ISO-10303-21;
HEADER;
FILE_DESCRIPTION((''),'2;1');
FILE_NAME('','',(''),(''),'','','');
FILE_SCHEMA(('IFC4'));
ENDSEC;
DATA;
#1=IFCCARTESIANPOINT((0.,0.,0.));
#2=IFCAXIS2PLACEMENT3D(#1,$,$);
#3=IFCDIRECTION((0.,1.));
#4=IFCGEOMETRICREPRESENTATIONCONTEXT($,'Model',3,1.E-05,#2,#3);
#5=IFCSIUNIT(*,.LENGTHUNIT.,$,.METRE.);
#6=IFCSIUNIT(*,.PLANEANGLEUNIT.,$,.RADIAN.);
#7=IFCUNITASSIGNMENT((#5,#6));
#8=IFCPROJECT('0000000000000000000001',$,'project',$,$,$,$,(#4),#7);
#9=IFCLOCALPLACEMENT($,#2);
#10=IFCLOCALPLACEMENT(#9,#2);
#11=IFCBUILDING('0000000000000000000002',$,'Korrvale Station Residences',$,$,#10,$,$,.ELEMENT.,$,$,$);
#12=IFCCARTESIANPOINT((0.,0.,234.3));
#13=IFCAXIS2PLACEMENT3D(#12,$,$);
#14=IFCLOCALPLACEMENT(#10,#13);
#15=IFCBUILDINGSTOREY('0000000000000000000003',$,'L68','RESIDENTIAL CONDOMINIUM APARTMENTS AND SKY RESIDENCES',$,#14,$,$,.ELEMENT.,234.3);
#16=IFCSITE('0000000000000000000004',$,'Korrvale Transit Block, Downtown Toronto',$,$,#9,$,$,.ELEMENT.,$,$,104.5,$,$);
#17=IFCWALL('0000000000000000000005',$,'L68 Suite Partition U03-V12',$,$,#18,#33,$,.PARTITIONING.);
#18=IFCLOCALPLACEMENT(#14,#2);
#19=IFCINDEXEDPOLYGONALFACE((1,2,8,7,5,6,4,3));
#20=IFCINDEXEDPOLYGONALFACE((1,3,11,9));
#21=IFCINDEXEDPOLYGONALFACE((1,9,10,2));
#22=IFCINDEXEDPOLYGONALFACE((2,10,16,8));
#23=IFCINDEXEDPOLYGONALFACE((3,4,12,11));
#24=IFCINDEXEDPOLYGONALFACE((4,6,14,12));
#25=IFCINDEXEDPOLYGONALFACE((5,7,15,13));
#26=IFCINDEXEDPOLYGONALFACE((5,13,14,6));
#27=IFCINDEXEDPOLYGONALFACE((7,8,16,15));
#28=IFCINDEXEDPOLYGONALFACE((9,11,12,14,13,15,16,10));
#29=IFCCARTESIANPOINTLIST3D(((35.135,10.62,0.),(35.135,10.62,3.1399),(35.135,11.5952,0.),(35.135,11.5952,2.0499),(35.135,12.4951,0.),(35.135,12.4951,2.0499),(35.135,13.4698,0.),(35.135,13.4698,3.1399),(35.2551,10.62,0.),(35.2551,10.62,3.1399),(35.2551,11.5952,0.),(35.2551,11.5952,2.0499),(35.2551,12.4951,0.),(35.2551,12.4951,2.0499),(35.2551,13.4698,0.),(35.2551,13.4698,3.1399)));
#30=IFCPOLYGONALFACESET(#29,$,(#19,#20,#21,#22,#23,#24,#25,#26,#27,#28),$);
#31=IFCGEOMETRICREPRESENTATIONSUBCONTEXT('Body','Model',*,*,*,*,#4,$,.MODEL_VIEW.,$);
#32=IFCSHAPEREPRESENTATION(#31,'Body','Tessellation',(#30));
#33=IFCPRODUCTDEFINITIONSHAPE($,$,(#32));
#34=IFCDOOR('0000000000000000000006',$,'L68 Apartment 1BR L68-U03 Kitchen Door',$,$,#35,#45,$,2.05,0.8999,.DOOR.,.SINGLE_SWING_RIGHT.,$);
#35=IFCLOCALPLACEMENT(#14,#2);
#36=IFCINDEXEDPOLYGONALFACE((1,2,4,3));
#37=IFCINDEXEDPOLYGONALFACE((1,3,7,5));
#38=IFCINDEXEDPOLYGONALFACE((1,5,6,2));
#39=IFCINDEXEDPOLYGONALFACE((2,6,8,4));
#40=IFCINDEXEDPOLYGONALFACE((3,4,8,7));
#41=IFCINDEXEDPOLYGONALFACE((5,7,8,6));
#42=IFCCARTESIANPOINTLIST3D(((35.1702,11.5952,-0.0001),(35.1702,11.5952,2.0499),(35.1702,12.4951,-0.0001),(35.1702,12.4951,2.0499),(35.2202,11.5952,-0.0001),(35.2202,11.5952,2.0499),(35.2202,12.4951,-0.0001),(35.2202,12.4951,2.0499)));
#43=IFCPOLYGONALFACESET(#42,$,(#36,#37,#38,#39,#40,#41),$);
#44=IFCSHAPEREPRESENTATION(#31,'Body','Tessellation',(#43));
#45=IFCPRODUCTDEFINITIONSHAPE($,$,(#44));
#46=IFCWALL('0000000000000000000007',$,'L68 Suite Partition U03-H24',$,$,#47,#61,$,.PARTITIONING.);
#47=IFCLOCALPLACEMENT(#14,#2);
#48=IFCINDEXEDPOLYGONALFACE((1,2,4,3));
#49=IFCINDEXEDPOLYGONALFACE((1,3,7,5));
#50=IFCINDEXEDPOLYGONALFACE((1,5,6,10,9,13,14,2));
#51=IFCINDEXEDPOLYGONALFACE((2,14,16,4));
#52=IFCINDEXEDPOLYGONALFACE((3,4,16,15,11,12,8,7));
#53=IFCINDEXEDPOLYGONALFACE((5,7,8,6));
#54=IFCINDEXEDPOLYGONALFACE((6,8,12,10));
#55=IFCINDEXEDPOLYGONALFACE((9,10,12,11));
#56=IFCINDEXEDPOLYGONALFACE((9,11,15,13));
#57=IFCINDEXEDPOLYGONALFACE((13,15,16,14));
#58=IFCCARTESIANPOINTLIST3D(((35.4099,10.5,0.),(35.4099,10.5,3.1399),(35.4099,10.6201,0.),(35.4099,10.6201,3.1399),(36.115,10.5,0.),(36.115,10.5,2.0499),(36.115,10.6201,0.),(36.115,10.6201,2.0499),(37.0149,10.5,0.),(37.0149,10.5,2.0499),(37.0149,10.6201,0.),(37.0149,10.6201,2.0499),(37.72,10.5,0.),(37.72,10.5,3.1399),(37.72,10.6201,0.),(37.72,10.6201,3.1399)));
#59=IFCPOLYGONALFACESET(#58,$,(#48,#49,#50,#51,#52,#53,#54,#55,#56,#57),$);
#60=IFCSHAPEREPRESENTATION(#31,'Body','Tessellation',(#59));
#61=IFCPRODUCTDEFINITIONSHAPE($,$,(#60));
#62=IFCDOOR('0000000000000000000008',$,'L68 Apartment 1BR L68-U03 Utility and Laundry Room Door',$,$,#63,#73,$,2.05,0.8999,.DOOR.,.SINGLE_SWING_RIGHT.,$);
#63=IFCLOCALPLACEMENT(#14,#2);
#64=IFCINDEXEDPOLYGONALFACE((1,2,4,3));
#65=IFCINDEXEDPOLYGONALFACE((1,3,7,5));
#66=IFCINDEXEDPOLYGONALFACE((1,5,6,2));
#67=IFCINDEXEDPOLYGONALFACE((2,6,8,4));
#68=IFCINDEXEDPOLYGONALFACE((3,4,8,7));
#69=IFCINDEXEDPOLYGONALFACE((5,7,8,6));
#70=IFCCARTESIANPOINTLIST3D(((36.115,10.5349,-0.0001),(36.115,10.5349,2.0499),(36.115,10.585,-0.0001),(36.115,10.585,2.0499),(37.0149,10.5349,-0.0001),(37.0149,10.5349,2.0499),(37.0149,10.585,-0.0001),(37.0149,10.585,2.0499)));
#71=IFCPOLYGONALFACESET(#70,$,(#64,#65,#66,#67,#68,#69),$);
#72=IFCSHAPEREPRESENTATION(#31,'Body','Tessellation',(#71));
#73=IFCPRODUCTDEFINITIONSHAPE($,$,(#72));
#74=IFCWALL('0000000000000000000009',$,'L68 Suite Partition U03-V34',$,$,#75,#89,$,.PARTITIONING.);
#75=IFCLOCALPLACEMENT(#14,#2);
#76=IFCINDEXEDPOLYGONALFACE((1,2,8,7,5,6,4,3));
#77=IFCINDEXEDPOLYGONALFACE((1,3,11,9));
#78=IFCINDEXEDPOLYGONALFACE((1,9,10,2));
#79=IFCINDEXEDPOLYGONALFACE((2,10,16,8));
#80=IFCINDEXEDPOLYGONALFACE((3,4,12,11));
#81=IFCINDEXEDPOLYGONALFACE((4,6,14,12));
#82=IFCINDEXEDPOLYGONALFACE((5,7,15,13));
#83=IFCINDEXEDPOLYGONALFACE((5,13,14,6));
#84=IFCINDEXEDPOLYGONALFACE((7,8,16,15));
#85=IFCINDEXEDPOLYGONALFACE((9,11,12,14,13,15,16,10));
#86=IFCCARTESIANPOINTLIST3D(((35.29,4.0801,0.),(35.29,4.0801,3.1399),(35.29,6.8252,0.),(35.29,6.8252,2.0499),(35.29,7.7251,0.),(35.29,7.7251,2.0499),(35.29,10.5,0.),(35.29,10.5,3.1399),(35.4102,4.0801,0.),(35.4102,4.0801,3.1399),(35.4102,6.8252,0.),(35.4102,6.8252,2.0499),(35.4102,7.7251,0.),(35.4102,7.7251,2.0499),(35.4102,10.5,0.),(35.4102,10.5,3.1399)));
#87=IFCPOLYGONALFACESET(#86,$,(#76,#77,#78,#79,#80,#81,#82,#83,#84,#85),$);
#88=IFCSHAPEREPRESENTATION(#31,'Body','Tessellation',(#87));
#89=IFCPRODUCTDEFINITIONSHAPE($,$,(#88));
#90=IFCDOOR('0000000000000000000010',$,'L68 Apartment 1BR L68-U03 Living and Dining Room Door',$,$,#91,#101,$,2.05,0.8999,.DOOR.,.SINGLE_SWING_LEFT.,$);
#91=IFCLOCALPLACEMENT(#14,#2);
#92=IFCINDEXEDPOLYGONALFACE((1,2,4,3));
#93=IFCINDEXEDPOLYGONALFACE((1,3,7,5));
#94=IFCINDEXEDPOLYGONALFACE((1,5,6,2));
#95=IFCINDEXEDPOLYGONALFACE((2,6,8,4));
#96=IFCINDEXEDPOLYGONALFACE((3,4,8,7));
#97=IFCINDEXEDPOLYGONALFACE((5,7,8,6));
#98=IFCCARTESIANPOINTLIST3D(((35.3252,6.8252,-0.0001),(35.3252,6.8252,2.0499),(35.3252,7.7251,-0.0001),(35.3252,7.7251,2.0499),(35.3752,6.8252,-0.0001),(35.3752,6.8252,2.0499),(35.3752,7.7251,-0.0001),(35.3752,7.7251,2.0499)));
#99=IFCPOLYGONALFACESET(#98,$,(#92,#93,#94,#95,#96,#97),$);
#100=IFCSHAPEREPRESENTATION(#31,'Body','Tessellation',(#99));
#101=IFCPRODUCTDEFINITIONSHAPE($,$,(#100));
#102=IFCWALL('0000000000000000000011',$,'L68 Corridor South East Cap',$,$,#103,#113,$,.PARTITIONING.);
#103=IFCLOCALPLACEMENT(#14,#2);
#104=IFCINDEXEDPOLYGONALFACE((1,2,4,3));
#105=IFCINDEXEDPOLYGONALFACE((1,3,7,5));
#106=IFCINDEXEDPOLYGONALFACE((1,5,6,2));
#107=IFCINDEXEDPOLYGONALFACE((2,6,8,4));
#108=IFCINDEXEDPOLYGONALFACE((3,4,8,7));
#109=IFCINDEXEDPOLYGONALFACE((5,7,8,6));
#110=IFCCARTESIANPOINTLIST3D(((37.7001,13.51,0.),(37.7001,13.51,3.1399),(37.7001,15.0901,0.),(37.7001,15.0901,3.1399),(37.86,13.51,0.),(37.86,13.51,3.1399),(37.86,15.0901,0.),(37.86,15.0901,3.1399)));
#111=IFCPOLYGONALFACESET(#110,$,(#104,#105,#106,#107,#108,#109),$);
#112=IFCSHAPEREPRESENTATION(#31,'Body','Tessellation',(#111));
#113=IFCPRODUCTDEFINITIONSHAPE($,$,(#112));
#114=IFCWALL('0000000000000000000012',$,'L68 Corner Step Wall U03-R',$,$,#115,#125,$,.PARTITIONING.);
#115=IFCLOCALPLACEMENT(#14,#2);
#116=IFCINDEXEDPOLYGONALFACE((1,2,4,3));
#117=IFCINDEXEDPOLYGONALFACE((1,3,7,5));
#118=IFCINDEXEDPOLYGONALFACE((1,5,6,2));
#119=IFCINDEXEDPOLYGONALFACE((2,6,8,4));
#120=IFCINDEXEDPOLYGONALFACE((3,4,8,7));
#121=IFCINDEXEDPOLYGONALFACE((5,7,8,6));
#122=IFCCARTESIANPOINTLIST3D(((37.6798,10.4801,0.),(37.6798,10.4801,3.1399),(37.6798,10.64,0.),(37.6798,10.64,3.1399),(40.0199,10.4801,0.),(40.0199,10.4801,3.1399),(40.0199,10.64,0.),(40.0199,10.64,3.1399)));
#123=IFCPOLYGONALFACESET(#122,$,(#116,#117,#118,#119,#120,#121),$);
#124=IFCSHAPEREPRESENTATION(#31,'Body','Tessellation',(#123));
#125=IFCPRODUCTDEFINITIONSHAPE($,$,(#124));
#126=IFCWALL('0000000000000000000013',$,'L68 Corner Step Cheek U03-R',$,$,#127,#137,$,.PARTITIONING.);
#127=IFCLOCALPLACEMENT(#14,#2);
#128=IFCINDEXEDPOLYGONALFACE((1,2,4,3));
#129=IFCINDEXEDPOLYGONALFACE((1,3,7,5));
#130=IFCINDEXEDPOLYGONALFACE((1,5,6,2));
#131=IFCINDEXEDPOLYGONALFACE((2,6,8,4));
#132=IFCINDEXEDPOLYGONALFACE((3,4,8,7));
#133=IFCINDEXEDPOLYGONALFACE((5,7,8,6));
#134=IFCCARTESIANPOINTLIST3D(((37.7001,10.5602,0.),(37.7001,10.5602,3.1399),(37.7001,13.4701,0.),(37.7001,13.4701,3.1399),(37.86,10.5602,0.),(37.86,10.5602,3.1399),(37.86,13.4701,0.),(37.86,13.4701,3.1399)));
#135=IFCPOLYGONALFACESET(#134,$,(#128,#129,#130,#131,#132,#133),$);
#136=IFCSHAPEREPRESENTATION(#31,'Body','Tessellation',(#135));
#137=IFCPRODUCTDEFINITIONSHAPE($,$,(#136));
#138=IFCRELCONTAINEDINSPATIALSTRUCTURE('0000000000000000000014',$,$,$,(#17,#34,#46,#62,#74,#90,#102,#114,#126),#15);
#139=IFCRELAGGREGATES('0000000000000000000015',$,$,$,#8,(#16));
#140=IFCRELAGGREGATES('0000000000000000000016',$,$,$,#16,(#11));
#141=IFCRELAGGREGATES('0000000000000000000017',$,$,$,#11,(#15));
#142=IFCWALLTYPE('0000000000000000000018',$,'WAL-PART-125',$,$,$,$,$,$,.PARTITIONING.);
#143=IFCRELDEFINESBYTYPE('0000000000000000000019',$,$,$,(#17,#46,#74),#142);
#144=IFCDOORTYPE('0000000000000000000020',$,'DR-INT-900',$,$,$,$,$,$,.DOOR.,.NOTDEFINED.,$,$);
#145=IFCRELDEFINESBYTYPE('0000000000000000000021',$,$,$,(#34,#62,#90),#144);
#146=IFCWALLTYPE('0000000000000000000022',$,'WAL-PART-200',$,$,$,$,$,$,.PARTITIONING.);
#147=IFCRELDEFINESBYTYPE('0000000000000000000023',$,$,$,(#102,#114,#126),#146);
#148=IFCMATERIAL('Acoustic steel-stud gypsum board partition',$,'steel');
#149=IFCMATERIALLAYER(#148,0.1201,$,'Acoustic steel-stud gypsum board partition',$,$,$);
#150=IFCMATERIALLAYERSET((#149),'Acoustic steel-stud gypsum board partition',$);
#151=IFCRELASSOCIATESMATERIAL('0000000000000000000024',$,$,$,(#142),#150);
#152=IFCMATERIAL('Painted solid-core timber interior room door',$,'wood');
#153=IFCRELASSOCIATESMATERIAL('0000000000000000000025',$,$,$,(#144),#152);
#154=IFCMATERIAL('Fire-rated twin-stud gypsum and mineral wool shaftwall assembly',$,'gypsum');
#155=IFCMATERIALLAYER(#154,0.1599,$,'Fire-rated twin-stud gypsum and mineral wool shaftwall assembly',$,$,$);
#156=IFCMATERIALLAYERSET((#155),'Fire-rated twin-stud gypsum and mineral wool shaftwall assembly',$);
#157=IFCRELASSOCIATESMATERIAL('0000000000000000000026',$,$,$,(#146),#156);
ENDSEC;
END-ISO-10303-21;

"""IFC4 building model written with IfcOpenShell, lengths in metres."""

from ifc_helpers import new_model, si_unit, direction, frame, frame_2d, origin, place, context, subcontext, project, spatial, rectangle, extrude, material, layer, layer_set, type_object, element, fill, save


model = new_model("IFC4")

# Units and contexts
model_context = context("Model", 3, precision=1e-05, world=origin(), true_north=direction((0.0, 1.0)))
body_context = subcontext(model_context, "Body", "Model", "MODEL_VIEW")
ifc_project = project(units=[si_unit("LENGTHUNIT", "METRE"), si_unit("PLANEANGLEUNIT", "RADIAN")], contexts=[model_context])

# Site, building, storey
site_placement = place(None, origin())
site = spatial("IfcSite", under=ifc_project, at=site_placement, Name="Korrvale Transit Block, Downtown Toronto", CompositionType="ELEMENT", RefElevation=104.5)
building_placement = place(site_placement, origin())
building = spatial("IfcBuilding", under=site, at=building_placement, Name="Korrvale Station Residences", CompositionType="ELEMENT")
storey_placement = place(building_placement, frame((0.0, 0.0, 234.3)))
storey = spatial("IfcBuildingStorey", under=building, at=storey_placement, Name="L68", Description="RESIDENTIAL CONDOMINIUM APARTMENTS AND SKY RESIDENCES", CompositionType="ELEMENT", Elevation=234.3)

# Walls, openings, doors
ifc_material_1 = material(Name="Acoustic steel-stud gypsum board partition", Category="steel")
ifc_layer_1 = layer(ifc_material_1, 0.1201, Name="Acoustic steel-stud gypsum board partition")
ifc_layer_set_1 = layer_set([ifc_layer_1], Name="Acoustic steel-stud gypsum board partition")
wall_type_1 = type_object("IfcWallType", Name="WAL-PART-125", PredefinedType="PARTITIONING", material=ifc_layer_set_1)
wall_1_placement = place(storey_placement, frame((35.1951, 10.6201, 0.0), z_axis=(0.0, 0.0, 1.0), x_axis=(0.0, 1.0, 0.0)))
wall_1 = element("IfcWall", 1, at=wall_1_placement, inside=storey, type_object=wall_type_1, Name="L68 Suite Partition U03-V12", PredefinedType="PARTITIONING", context=body_context, shape_type="SweptSolid", body=[
    extrude(rectangle(XDim=2.8499, YDim=0.1201, at=frame_2d((1.4248, 0.0))), origin(), (0.0, 0.0, 1.0), 3.1399),
])
opening_1_placement = place(wall_1_placement, frame((0.9751, 0.0, 0.0)))
opening_1 = element("IfcOpeningElement", 2, at=opening_1_placement, cuts=wall_1, PredefinedType="OPENING", context=body_context, shape_type="SweptSolid", body=[
    extrude(rectangle(XDim=0.8999, YDim=2.05, at=frame_2d((0.45, 1.0249))), frame((0.0, 0.0701, 0.0), z_axis=(0.0, -1.0, 0.0), x_axis=(1.0, 0.0, 0.0)), (0.0, 0.0, 1.0), 0.1401),
])
ifc_material_2 = material(Name="Painted solid-core timber interior room door", Category="wood")
door_type = type_object("IfcDoorType", Name="DR-INT-900", OperationType="NOTDEFINED", PredefinedType="DOOR", material=ifc_material_2)
door_1_placement = place(opening_1_placement, origin())
door_1 = element("IfcDoor", 3, at=door_1_placement, inside=storey, type_object=door_type, Name="L68 Apartment 1BR L68-U03 Kitchen Door", OperationType="SINGLE_SWING_RIGHT", OverallHeight=2.05, OverallWidth=0.8999, PredefinedType="DOOR", context=body_context, shape_type="SweptSolid", body=[
    extrude(rectangle(XDim=0.8999, YDim=2.05, at=frame_2d((0.45, 1.0249))), frame((0.0, 0.0249, 0.0), z_axis=(0.0, -1.0, 0.0), x_axis=(1.0, 0.0, 0.0)), (0.0, 0.0, 1.0), 0.05),
])
fill(opening_1, door_1)
wall_2_placement = place(storey_placement, frame((35.4099, 10.5601, 0.0), z_axis=(0.0, 0.0, 1.0), x_axis=(1.0, 0.0, 0.0)))
wall_2 = element("IfcWall", 4, at=wall_2_placement, inside=storey, type_object=wall_type_1, Name="L68 Suite Partition U03-H24", PredefinedType="PARTITIONING", context=body_context, shape_type="SweptSolid", body=[
    extrude(rectangle(XDim=2.3101, YDim=0.1201, at=frame_2d((1.155, 0.0))), origin(), (0.0, 0.0, 1.0), 3.1399),
])
opening_2_placement = place(wall_2_placement, frame((0.7051, 0.0, 0.0)))
opening_2 = element("IfcOpeningElement", 5, at=opening_2_placement, cuts=wall_2, PredefinedType="OPENING", context=body_context, shape_type="SweptSolid", body=[
    extrude(rectangle(XDim=0.8999, YDim=2.05, at=frame_2d((0.45, 1.0249))), frame((0.0, 0.0701, 0.0), z_axis=(0.0, -1.0, 0.0), x_axis=(1.0, 0.0, 0.0)), (0.0, 0.0, 1.0), 0.1401),
])
door_2_placement = place(opening_2_placement, origin())
door_2 = element("IfcDoor", 6, at=door_2_placement, inside=storey, type_object=door_type, Name="L68 Apartment 1BR L68-U03 Utility and Laundry Room Door", OperationType="SINGLE_SWING_RIGHT", OverallHeight=2.05, OverallWidth=0.8999, PredefinedType="DOOR", context=body_context, shape_type="SweptSolid", body=[
    extrude(rectangle(XDim=0.8999, YDim=2.05, at=frame_2d((0.45, 1.0249))), frame((0.0, 0.0249, 0.0), z_axis=(0.0, -1.0, 0.0), x_axis=(1.0, 0.0, 0.0)), (0.0, 0.0, 1.0), 0.05),
])
fill(opening_2, door_2)
wall_3_placement = place(storey_placement, frame((35.3501, 4.0801, 0.0), z_axis=(0.0, 0.0, 1.0), x_axis=(0.0, 1.0, 0.0)))
wall_3 = element("IfcWall", 7, at=wall_3_placement, inside=storey, type_object=wall_type_1, Name="L68 Suite Partition U03-V34", PredefinedType="PARTITIONING", context=body_context, shape_type="SweptSolid", body=[
    extrude(rectangle(XDim=6.4199, YDim=0.1201, at=frame_2d((3.21, 0.0))), origin(), (0.0, 0.0, 1.0), 3.1399),
])
opening_3_placement = place(wall_3_placement, frame((2.7451, 0.0, 0.0)))
opening_3 = element("IfcOpeningElement", 8, at=opening_3_placement, cuts=wall_3, PredefinedType="OPENING", context=body_context, shape_type="SweptSolid", body=[
    extrude(rectangle(XDim=0.8999, YDim=2.05, at=frame_2d((0.45, 1.0249))), frame((0.0, 0.0701, 0.0), z_axis=(0.0, -1.0, 0.0), x_axis=(1.0, 0.0, 0.0)), (0.0, 0.0, 1.0), 0.1401),
])
door_3_placement = place(opening_3_placement, origin())
door_3 = element("IfcDoor", 9, at=door_3_placement, inside=storey, type_object=door_type, Name="L68 Apartment 1BR L68-U03 Living and Dining Room Door", OperationType="SINGLE_SWING_LEFT", OverallHeight=2.05, OverallWidth=0.8999, PredefinedType="DOOR", context=body_context, shape_type="SweptSolid", body=[
    extrude(rectangle(XDim=0.8999, YDim=2.05, at=frame_2d((0.45, 1.0249))), frame((0.0, 0.0249, 0.0), z_axis=(0.0, -1.0, 0.0), x_axis=(1.0, 0.0, 0.0)), (0.0, 0.0, 1.0), 0.05),
])
fill(opening_3, door_3)

# Walls
ifc_material_3 = material(Name="Fire-rated twin-stud gypsum and mineral wool shaftwall assembly", Category="gypsum")
ifc_layer_2 = layer(ifc_material_3, 0.1599, Name="Fire-rated twin-stud gypsum and mineral wool shaftwall assembly")
ifc_layer_set_2 = layer_set([ifc_layer_2], Name="Fire-rated twin-stud gypsum and mineral wool shaftwall assembly")
wall_type_2 = type_object("IfcWallType", Name="WAL-PART-200", PredefinedType="PARTITIONING", material=ifc_layer_set_2)
wall_4_placement = place(storey_placement, frame((37.78, 13.51, 0.0), z_axis=(0.0, 0.0, 1.0), x_axis=(0.0, 1.0, 0.0)))
element("IfcWall", 10, at=wall_4_placement, inside=storey, type_object=wall_type_2, Name="L68 Corridor South East Cap", PredefinedType="PARTITIONING", context=body_context, shape_type="SweptSolid", body=[
    extrude(rectangle(XDim=1.5801, YDim=0.1599, at=frame_2d((0.79, 0.0))), origin(), (0.0, 0.0, 1.0), 3.1399),
])
wall_5_placement = place(storey_placement, frame((37.6799, 10.5601, 0.0), z_axis=(0.0, 0.0, 1.0), x_axis=(1.0, 0.0, 0.0)))
element("IfcWall", 11, at=wall_5_placement, inside=storey, type_object=wall_type_2, Name="L68 Corner Step Wall U03-R", PredefinedType="PARTITIONING", context=body_context, shape_type="SweptSolid", body=[
    extrude(rectangle(XDim=2.3401, YDim=0.1599, at=frame_2d((1.1699, 0.0))), origin(), (0.0, 0.0, 1.0), 3.1399),
])
wall_6_placement = place(storey_placement, frame((37.78, 10.5601, 0.0), z_axis=(0.0, 0.0, 1.0), x_axis=(0.0, 1.0, 0.0)))
element("IfcWall", 12, at=wall_6_placement, inside=storey, type_object=wall_type_2, Name="L68 Corner Step Cheek U03-R", PredefinedType="PARTITIONING", context=body_context, shape_type="SweptSolid", body=[
    extrude(rectangle(XDim=2.9099, YDim=0.1599, at=frame_2d((1.4551, 0.0))), origin(), (0.0, 0.0, 1.0), 3.1399),
])

save(model, "model.ifc")
